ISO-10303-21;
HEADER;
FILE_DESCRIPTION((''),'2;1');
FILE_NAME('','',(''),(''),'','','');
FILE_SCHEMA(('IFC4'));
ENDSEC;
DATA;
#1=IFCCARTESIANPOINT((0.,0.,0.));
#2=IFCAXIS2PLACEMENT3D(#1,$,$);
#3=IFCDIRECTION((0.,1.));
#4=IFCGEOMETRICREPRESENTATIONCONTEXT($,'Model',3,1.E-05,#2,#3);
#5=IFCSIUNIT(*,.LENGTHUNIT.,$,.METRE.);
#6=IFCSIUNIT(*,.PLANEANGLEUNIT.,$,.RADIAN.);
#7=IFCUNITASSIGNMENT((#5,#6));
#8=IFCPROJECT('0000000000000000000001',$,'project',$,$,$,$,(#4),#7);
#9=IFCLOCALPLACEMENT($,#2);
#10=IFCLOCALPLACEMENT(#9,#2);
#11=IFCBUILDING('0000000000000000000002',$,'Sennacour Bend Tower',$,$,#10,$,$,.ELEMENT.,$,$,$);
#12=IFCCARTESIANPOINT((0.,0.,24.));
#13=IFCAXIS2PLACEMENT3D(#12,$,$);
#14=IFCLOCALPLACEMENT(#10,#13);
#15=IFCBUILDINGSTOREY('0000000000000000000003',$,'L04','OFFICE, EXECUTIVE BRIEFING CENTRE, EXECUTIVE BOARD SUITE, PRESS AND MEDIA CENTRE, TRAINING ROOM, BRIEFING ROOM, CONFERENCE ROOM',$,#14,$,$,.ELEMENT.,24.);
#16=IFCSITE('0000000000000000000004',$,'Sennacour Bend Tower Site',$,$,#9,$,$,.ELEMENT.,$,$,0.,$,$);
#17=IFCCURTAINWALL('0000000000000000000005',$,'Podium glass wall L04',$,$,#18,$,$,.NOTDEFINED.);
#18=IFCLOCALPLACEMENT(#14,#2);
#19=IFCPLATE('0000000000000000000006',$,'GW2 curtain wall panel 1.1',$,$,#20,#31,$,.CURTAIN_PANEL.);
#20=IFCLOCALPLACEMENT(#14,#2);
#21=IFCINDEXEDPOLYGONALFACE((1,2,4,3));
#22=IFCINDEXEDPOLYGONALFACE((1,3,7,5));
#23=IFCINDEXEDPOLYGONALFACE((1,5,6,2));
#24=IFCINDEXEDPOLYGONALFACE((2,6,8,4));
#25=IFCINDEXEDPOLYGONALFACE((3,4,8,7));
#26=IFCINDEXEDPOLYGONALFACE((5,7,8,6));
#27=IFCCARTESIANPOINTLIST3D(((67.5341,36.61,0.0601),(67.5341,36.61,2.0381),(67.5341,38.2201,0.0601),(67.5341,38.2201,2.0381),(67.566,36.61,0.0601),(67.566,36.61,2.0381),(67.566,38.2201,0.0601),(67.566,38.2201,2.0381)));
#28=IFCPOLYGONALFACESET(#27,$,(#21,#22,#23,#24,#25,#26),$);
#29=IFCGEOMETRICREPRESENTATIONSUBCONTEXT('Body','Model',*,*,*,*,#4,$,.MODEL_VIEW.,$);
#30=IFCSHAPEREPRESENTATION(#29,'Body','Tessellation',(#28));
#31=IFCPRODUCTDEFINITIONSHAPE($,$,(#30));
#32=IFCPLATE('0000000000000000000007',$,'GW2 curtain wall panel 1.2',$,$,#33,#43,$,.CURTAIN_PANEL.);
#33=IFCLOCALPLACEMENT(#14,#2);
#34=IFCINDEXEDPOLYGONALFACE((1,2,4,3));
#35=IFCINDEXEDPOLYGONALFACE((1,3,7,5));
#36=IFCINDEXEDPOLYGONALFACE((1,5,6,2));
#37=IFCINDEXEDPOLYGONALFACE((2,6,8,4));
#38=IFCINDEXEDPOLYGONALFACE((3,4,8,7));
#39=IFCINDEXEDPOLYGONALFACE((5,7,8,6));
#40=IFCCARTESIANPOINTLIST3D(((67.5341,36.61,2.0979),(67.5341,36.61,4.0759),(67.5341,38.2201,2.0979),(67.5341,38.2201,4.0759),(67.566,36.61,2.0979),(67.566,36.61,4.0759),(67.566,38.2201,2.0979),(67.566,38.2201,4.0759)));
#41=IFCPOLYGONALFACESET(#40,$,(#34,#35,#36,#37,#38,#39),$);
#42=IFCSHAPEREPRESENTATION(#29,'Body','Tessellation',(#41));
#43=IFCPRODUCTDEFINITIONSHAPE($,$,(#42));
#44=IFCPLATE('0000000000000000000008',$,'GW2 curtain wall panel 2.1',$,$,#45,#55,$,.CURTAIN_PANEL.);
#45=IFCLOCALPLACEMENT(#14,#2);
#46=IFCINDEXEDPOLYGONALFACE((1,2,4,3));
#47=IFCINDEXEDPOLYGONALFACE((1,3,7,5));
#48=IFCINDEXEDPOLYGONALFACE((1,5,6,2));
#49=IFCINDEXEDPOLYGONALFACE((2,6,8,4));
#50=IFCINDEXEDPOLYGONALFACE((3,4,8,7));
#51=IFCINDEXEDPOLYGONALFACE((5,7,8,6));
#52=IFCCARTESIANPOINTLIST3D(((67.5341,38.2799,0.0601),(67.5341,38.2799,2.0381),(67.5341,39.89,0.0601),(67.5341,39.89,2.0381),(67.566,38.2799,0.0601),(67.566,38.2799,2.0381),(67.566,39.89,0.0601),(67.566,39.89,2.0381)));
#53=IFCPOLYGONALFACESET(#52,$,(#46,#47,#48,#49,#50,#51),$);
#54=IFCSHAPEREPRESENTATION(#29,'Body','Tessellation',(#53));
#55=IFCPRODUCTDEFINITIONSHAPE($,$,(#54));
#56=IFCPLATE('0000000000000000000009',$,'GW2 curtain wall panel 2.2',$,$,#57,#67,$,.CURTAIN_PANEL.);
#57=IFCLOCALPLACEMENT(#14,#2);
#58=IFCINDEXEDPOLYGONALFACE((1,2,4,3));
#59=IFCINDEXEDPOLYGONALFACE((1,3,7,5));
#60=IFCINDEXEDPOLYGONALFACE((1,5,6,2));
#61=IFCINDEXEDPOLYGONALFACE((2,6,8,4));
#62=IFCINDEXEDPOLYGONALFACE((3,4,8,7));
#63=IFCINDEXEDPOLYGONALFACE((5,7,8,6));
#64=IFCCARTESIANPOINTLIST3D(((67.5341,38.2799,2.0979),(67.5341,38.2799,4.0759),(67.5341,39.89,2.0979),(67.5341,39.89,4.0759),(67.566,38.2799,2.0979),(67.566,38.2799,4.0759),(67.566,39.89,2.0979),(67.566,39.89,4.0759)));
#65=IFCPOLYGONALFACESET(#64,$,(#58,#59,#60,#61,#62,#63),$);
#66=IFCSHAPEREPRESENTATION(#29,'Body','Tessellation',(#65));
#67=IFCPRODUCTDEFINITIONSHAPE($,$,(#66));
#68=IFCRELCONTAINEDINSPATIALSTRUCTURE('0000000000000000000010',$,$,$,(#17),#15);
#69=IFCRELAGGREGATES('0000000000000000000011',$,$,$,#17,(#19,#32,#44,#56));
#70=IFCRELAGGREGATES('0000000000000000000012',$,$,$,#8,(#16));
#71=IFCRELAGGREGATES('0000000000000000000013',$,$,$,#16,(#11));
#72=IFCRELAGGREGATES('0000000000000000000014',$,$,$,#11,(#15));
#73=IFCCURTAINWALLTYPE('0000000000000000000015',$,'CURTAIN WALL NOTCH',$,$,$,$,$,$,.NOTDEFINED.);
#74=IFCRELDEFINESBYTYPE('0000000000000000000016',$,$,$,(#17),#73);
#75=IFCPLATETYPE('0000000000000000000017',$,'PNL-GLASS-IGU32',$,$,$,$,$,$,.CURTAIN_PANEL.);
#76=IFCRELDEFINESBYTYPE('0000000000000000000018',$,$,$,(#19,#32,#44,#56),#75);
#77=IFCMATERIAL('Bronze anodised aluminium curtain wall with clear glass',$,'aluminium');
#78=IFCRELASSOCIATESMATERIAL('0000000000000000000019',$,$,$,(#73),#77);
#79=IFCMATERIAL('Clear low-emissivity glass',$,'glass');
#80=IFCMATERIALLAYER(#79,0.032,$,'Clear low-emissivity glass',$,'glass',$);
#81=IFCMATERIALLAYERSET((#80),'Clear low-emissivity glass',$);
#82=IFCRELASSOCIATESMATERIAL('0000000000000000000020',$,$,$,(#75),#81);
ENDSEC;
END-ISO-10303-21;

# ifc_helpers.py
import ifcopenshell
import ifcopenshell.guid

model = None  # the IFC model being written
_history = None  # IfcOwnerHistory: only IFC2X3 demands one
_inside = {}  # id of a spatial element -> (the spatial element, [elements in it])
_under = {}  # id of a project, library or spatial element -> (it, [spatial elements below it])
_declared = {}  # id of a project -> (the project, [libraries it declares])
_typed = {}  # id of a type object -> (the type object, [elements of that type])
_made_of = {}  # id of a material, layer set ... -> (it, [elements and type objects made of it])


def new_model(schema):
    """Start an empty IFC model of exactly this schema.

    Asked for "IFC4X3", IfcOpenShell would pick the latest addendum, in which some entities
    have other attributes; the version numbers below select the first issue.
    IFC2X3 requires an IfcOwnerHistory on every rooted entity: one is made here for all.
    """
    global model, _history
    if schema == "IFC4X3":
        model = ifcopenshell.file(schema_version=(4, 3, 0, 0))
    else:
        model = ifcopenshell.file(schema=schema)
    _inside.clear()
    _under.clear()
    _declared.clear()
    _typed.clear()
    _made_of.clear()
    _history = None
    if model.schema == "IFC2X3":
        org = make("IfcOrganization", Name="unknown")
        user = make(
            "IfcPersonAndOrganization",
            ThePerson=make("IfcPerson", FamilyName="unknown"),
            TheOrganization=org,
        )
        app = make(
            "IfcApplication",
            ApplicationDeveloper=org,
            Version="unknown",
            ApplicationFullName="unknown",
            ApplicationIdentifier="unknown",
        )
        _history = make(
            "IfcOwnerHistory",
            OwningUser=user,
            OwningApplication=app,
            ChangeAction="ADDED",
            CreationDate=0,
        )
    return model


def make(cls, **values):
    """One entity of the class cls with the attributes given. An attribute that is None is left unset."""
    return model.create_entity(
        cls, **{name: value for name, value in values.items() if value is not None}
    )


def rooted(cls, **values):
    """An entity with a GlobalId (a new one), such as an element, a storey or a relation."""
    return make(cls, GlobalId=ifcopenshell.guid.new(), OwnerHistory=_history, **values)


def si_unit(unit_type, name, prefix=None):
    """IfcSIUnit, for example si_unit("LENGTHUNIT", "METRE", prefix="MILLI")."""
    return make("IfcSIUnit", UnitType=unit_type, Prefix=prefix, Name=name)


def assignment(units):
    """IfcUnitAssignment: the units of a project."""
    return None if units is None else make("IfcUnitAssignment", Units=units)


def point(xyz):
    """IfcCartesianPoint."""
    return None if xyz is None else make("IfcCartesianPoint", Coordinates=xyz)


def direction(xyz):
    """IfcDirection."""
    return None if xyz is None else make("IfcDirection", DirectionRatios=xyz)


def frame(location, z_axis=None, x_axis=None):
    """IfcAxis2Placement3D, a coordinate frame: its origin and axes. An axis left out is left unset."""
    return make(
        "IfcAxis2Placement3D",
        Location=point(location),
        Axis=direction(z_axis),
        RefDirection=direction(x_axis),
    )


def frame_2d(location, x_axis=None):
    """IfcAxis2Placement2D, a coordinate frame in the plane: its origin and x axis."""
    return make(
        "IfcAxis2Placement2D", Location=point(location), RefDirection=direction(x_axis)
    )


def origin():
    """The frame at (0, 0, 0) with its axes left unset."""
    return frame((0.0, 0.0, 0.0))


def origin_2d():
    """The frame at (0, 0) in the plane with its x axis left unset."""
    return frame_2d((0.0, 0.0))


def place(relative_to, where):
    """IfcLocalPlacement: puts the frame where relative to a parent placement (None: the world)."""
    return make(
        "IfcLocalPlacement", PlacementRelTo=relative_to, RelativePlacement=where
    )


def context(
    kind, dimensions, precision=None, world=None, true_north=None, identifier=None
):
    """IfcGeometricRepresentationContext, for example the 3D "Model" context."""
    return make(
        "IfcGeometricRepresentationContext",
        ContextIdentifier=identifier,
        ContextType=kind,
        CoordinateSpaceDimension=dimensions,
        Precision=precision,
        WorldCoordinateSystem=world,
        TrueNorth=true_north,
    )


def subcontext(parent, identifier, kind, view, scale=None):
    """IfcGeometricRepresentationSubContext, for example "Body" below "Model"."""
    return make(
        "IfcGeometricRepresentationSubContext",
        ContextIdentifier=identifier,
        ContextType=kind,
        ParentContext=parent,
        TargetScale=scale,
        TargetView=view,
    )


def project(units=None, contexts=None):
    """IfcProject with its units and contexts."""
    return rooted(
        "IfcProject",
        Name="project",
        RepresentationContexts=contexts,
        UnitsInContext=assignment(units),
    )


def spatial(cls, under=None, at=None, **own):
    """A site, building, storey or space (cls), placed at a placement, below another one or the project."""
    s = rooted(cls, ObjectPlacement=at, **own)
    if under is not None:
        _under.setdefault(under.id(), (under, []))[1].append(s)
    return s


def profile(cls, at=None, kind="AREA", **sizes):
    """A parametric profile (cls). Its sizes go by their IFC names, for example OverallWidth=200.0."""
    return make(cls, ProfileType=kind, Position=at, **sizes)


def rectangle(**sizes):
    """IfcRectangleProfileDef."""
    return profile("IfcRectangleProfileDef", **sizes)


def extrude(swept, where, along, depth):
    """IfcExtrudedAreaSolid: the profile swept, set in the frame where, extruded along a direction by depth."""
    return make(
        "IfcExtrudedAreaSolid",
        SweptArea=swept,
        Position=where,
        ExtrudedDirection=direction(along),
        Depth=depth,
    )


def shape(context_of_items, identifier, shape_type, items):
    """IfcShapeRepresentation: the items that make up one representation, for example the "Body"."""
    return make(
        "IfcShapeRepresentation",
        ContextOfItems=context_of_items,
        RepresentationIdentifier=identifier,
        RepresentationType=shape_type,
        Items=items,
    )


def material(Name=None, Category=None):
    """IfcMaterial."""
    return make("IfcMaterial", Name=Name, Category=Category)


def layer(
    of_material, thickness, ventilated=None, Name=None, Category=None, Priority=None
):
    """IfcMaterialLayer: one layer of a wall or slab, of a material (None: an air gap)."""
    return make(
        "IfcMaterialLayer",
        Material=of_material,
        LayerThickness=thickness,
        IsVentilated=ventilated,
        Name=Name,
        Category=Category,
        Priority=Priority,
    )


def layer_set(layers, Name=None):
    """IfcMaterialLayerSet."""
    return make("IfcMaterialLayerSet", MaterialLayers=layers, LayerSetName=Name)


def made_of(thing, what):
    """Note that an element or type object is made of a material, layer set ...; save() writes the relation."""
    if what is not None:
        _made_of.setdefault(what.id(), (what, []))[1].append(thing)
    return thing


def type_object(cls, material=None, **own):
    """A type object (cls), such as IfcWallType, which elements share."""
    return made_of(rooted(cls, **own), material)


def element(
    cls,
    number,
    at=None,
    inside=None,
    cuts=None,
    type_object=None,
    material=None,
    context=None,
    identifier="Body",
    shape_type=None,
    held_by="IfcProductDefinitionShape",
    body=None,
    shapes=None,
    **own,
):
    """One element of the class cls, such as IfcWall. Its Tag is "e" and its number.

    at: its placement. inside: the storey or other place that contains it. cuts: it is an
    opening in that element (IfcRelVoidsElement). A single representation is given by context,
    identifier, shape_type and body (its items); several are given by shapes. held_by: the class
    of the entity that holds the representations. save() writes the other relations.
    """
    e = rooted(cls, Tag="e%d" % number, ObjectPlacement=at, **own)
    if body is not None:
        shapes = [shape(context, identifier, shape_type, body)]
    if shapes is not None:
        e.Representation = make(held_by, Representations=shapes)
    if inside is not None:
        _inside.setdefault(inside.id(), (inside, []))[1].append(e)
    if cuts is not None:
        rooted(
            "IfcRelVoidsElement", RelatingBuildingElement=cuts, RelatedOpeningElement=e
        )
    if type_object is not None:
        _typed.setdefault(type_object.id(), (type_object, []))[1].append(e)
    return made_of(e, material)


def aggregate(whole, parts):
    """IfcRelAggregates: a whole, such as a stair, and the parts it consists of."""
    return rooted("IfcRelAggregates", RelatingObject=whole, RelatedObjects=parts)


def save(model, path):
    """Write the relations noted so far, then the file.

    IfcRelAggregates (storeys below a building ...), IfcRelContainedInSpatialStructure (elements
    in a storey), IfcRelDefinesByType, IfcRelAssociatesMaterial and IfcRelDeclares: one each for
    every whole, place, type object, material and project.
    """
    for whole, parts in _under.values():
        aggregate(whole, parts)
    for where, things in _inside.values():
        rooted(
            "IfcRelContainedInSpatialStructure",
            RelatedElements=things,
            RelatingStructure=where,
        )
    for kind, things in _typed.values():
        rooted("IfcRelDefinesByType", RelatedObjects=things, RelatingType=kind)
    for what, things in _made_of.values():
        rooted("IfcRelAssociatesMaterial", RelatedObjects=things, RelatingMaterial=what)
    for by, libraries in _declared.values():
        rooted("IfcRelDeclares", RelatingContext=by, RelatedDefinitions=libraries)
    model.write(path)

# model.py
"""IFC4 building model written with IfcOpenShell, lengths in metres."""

from ifc_helpers import new_model, si_unit, direction, frame, origin, origin_2d, place, context, subcontext, project, spatial, rectangle, extrude, material, layer, layer_set, type_object, element, aggregate, save


model = new_model("IFC4")

# Units and contexts
model_context = context("Model", 3, precision=1e-05, world=origin(), true_north=direction((0.0, 1.0)))
body_context = subcontext(model_context, "Body", "Model", "MODEL_VIEW")
ifc_project = project(units=[si_unit("LENGTHUNIT", "METRE"), si_unit("PLANEANGLEUNIT", "RADIAN")], contexts=[model_context])

# Site, building, storey
site_placement = place(None, origin())
site = spatial("IfcSite", under=ifc_project, at=site_placement, Name="Sennacour Bend Tower Site", CompositionType="ELEMENT", RefElevation=0.0)
building_placement = place(site_placement, origin())
building = spatial("IfcBuilding", under=site, at=building_placement, Name="Sennacour Bend Tower", CompositionType="ELEMENT")
storey_placement = place(building_placement, frame((0.0, 0.0, 24.0)))
storey = spatial("IfcBuildingStorey", under=building, at=storey_placement, Name="L04", Description="OFFICE, EXECUTIVE BRIEFING CENTRE, EXECUTIVE BOARD SUITE, PRESS AND MEDIA CENTRE, TRAINING ROOM, BRIEFING ROOM, CONFERENCE ROOM", CompositionType="ELEMENT", Elevation=24.0)

# Curtain wall
ifc_material_1 = material(Name="Bronze anodised aluminium curtain wall with clear glass", Category="aluminium")
curtain_wall_type = type_object("IfcCurtainWallType", Name="CURTAIN WALL NOTCH", PredefinedType="NOTDEFINED", material=ifc_material_1)
curtain_wall_1_placement = place(storey_placement, origin())
curtain_wall_1 = element("IfcCurtainWall", 1, at=curtain_wall_1_placement, inside=storey, type_object=curtain_wall_type, Name="Podium glass wall L04", PredefinedType="NOTDEFINED")

# Plates
ifc_material_2 = material(Name="Clear low-emissivity glass", Category="glass")
ifc_layer = layer(ifc_material_2, 0.032, Name="Clear low-emissivity glass", Category="glass")
ifc_layer_set = layer_set([ifc_layer], Name="Clear low-emissivity glass")
plate_type = type_object("IfcPlateType", Name="PNL-GLASS-IGU32", PredefinedType="CURTAIN_PANEL", material=ifc_layer_set)
plate_1_placement = place(storey_placement, frame((67.55, 37.415, 0.0601), z_axis=(0.0, 0.0, 1.0), x_axis=(0.0, 1.0, 0.0)))
plate_1 = element("IfcPlate", 2, at=plate_1_placement, type_object=plate_type, Name="GW2 curtain wall panel 1.1", PredefinedType="CURTAIN_PANEL", context=body_context, shape_type="SweptSolid", body=[
    extrude(rectangle(XDim=1.6101, YDim=0.032, at=origin_2d()), origin(), (0.0, 0.0, 1.0), 1.978),
])
plate_2_placement = place(storey_placement, frame((67.55, 37.415, 2.0979), z_axis=(0.0, 0.0, 1.0), x_axis=(0.0, 1.0, 0.0)))
plate_2 = element("IfcPlate", 3, at=plate_2_placement, type_object=plate_type, Name="GW2 curtain wall panel 1.2", PredefinedType="CURTAIN_PANEL", context=body_context, shape_type="SweptSolid", body=[
    extrude(rectangle(XDim=1.6101, YDim=0.032, at=origin_2d()), origin(), (0.0, 0.0, 1.0), 1.978),
])
plate_3_placement = place(storey_placement, frame((67.55, 39.085, 0.0601), z_axis=(0.0, 0.0, 1.0), x_axis=(0.0, 1.0, 0.0)))
plate_3 = element("IfcPlate", 4, at=plate_3_placement, type_object=plate_type, Name="GW2 curtain wall panel 2.1", PredefinedType="CURTAIN_PANEL", context=body_context, shape_type="SweptSolid", body=[
    extrude(rectangle(XDim=1.6101, YDim=0.032, at=origin_2d()), origin(), (0.0, 0.0, 1.0), 1.978),
])
plate_4_placement = place(storey_placement, frame((67.55, 39.085, 2.0979), z_axis=(0.0, 0.0, 1.0), x_axis=(0.0, 1.0, 0.0)))
plate_4 = element("IfcPlate", 5, at=plate_4_placement, type_object=plate_type, Name="GW2 curtain wall panel 2.2", PredefinedType="CURTAIN_PANEL", context=body_context, shape_type="SweptSolid", body=[
    extrude(rectangle(XDim=1.6101, YDim=0.032, at=origin_2d()), origin(), (0.0, 0.0, 1.0), 1.978),
])
aggregate(curtain_wall_1, [plate_1, plate_2, plate_3, plate_4])

save(model, "model.ifc")
